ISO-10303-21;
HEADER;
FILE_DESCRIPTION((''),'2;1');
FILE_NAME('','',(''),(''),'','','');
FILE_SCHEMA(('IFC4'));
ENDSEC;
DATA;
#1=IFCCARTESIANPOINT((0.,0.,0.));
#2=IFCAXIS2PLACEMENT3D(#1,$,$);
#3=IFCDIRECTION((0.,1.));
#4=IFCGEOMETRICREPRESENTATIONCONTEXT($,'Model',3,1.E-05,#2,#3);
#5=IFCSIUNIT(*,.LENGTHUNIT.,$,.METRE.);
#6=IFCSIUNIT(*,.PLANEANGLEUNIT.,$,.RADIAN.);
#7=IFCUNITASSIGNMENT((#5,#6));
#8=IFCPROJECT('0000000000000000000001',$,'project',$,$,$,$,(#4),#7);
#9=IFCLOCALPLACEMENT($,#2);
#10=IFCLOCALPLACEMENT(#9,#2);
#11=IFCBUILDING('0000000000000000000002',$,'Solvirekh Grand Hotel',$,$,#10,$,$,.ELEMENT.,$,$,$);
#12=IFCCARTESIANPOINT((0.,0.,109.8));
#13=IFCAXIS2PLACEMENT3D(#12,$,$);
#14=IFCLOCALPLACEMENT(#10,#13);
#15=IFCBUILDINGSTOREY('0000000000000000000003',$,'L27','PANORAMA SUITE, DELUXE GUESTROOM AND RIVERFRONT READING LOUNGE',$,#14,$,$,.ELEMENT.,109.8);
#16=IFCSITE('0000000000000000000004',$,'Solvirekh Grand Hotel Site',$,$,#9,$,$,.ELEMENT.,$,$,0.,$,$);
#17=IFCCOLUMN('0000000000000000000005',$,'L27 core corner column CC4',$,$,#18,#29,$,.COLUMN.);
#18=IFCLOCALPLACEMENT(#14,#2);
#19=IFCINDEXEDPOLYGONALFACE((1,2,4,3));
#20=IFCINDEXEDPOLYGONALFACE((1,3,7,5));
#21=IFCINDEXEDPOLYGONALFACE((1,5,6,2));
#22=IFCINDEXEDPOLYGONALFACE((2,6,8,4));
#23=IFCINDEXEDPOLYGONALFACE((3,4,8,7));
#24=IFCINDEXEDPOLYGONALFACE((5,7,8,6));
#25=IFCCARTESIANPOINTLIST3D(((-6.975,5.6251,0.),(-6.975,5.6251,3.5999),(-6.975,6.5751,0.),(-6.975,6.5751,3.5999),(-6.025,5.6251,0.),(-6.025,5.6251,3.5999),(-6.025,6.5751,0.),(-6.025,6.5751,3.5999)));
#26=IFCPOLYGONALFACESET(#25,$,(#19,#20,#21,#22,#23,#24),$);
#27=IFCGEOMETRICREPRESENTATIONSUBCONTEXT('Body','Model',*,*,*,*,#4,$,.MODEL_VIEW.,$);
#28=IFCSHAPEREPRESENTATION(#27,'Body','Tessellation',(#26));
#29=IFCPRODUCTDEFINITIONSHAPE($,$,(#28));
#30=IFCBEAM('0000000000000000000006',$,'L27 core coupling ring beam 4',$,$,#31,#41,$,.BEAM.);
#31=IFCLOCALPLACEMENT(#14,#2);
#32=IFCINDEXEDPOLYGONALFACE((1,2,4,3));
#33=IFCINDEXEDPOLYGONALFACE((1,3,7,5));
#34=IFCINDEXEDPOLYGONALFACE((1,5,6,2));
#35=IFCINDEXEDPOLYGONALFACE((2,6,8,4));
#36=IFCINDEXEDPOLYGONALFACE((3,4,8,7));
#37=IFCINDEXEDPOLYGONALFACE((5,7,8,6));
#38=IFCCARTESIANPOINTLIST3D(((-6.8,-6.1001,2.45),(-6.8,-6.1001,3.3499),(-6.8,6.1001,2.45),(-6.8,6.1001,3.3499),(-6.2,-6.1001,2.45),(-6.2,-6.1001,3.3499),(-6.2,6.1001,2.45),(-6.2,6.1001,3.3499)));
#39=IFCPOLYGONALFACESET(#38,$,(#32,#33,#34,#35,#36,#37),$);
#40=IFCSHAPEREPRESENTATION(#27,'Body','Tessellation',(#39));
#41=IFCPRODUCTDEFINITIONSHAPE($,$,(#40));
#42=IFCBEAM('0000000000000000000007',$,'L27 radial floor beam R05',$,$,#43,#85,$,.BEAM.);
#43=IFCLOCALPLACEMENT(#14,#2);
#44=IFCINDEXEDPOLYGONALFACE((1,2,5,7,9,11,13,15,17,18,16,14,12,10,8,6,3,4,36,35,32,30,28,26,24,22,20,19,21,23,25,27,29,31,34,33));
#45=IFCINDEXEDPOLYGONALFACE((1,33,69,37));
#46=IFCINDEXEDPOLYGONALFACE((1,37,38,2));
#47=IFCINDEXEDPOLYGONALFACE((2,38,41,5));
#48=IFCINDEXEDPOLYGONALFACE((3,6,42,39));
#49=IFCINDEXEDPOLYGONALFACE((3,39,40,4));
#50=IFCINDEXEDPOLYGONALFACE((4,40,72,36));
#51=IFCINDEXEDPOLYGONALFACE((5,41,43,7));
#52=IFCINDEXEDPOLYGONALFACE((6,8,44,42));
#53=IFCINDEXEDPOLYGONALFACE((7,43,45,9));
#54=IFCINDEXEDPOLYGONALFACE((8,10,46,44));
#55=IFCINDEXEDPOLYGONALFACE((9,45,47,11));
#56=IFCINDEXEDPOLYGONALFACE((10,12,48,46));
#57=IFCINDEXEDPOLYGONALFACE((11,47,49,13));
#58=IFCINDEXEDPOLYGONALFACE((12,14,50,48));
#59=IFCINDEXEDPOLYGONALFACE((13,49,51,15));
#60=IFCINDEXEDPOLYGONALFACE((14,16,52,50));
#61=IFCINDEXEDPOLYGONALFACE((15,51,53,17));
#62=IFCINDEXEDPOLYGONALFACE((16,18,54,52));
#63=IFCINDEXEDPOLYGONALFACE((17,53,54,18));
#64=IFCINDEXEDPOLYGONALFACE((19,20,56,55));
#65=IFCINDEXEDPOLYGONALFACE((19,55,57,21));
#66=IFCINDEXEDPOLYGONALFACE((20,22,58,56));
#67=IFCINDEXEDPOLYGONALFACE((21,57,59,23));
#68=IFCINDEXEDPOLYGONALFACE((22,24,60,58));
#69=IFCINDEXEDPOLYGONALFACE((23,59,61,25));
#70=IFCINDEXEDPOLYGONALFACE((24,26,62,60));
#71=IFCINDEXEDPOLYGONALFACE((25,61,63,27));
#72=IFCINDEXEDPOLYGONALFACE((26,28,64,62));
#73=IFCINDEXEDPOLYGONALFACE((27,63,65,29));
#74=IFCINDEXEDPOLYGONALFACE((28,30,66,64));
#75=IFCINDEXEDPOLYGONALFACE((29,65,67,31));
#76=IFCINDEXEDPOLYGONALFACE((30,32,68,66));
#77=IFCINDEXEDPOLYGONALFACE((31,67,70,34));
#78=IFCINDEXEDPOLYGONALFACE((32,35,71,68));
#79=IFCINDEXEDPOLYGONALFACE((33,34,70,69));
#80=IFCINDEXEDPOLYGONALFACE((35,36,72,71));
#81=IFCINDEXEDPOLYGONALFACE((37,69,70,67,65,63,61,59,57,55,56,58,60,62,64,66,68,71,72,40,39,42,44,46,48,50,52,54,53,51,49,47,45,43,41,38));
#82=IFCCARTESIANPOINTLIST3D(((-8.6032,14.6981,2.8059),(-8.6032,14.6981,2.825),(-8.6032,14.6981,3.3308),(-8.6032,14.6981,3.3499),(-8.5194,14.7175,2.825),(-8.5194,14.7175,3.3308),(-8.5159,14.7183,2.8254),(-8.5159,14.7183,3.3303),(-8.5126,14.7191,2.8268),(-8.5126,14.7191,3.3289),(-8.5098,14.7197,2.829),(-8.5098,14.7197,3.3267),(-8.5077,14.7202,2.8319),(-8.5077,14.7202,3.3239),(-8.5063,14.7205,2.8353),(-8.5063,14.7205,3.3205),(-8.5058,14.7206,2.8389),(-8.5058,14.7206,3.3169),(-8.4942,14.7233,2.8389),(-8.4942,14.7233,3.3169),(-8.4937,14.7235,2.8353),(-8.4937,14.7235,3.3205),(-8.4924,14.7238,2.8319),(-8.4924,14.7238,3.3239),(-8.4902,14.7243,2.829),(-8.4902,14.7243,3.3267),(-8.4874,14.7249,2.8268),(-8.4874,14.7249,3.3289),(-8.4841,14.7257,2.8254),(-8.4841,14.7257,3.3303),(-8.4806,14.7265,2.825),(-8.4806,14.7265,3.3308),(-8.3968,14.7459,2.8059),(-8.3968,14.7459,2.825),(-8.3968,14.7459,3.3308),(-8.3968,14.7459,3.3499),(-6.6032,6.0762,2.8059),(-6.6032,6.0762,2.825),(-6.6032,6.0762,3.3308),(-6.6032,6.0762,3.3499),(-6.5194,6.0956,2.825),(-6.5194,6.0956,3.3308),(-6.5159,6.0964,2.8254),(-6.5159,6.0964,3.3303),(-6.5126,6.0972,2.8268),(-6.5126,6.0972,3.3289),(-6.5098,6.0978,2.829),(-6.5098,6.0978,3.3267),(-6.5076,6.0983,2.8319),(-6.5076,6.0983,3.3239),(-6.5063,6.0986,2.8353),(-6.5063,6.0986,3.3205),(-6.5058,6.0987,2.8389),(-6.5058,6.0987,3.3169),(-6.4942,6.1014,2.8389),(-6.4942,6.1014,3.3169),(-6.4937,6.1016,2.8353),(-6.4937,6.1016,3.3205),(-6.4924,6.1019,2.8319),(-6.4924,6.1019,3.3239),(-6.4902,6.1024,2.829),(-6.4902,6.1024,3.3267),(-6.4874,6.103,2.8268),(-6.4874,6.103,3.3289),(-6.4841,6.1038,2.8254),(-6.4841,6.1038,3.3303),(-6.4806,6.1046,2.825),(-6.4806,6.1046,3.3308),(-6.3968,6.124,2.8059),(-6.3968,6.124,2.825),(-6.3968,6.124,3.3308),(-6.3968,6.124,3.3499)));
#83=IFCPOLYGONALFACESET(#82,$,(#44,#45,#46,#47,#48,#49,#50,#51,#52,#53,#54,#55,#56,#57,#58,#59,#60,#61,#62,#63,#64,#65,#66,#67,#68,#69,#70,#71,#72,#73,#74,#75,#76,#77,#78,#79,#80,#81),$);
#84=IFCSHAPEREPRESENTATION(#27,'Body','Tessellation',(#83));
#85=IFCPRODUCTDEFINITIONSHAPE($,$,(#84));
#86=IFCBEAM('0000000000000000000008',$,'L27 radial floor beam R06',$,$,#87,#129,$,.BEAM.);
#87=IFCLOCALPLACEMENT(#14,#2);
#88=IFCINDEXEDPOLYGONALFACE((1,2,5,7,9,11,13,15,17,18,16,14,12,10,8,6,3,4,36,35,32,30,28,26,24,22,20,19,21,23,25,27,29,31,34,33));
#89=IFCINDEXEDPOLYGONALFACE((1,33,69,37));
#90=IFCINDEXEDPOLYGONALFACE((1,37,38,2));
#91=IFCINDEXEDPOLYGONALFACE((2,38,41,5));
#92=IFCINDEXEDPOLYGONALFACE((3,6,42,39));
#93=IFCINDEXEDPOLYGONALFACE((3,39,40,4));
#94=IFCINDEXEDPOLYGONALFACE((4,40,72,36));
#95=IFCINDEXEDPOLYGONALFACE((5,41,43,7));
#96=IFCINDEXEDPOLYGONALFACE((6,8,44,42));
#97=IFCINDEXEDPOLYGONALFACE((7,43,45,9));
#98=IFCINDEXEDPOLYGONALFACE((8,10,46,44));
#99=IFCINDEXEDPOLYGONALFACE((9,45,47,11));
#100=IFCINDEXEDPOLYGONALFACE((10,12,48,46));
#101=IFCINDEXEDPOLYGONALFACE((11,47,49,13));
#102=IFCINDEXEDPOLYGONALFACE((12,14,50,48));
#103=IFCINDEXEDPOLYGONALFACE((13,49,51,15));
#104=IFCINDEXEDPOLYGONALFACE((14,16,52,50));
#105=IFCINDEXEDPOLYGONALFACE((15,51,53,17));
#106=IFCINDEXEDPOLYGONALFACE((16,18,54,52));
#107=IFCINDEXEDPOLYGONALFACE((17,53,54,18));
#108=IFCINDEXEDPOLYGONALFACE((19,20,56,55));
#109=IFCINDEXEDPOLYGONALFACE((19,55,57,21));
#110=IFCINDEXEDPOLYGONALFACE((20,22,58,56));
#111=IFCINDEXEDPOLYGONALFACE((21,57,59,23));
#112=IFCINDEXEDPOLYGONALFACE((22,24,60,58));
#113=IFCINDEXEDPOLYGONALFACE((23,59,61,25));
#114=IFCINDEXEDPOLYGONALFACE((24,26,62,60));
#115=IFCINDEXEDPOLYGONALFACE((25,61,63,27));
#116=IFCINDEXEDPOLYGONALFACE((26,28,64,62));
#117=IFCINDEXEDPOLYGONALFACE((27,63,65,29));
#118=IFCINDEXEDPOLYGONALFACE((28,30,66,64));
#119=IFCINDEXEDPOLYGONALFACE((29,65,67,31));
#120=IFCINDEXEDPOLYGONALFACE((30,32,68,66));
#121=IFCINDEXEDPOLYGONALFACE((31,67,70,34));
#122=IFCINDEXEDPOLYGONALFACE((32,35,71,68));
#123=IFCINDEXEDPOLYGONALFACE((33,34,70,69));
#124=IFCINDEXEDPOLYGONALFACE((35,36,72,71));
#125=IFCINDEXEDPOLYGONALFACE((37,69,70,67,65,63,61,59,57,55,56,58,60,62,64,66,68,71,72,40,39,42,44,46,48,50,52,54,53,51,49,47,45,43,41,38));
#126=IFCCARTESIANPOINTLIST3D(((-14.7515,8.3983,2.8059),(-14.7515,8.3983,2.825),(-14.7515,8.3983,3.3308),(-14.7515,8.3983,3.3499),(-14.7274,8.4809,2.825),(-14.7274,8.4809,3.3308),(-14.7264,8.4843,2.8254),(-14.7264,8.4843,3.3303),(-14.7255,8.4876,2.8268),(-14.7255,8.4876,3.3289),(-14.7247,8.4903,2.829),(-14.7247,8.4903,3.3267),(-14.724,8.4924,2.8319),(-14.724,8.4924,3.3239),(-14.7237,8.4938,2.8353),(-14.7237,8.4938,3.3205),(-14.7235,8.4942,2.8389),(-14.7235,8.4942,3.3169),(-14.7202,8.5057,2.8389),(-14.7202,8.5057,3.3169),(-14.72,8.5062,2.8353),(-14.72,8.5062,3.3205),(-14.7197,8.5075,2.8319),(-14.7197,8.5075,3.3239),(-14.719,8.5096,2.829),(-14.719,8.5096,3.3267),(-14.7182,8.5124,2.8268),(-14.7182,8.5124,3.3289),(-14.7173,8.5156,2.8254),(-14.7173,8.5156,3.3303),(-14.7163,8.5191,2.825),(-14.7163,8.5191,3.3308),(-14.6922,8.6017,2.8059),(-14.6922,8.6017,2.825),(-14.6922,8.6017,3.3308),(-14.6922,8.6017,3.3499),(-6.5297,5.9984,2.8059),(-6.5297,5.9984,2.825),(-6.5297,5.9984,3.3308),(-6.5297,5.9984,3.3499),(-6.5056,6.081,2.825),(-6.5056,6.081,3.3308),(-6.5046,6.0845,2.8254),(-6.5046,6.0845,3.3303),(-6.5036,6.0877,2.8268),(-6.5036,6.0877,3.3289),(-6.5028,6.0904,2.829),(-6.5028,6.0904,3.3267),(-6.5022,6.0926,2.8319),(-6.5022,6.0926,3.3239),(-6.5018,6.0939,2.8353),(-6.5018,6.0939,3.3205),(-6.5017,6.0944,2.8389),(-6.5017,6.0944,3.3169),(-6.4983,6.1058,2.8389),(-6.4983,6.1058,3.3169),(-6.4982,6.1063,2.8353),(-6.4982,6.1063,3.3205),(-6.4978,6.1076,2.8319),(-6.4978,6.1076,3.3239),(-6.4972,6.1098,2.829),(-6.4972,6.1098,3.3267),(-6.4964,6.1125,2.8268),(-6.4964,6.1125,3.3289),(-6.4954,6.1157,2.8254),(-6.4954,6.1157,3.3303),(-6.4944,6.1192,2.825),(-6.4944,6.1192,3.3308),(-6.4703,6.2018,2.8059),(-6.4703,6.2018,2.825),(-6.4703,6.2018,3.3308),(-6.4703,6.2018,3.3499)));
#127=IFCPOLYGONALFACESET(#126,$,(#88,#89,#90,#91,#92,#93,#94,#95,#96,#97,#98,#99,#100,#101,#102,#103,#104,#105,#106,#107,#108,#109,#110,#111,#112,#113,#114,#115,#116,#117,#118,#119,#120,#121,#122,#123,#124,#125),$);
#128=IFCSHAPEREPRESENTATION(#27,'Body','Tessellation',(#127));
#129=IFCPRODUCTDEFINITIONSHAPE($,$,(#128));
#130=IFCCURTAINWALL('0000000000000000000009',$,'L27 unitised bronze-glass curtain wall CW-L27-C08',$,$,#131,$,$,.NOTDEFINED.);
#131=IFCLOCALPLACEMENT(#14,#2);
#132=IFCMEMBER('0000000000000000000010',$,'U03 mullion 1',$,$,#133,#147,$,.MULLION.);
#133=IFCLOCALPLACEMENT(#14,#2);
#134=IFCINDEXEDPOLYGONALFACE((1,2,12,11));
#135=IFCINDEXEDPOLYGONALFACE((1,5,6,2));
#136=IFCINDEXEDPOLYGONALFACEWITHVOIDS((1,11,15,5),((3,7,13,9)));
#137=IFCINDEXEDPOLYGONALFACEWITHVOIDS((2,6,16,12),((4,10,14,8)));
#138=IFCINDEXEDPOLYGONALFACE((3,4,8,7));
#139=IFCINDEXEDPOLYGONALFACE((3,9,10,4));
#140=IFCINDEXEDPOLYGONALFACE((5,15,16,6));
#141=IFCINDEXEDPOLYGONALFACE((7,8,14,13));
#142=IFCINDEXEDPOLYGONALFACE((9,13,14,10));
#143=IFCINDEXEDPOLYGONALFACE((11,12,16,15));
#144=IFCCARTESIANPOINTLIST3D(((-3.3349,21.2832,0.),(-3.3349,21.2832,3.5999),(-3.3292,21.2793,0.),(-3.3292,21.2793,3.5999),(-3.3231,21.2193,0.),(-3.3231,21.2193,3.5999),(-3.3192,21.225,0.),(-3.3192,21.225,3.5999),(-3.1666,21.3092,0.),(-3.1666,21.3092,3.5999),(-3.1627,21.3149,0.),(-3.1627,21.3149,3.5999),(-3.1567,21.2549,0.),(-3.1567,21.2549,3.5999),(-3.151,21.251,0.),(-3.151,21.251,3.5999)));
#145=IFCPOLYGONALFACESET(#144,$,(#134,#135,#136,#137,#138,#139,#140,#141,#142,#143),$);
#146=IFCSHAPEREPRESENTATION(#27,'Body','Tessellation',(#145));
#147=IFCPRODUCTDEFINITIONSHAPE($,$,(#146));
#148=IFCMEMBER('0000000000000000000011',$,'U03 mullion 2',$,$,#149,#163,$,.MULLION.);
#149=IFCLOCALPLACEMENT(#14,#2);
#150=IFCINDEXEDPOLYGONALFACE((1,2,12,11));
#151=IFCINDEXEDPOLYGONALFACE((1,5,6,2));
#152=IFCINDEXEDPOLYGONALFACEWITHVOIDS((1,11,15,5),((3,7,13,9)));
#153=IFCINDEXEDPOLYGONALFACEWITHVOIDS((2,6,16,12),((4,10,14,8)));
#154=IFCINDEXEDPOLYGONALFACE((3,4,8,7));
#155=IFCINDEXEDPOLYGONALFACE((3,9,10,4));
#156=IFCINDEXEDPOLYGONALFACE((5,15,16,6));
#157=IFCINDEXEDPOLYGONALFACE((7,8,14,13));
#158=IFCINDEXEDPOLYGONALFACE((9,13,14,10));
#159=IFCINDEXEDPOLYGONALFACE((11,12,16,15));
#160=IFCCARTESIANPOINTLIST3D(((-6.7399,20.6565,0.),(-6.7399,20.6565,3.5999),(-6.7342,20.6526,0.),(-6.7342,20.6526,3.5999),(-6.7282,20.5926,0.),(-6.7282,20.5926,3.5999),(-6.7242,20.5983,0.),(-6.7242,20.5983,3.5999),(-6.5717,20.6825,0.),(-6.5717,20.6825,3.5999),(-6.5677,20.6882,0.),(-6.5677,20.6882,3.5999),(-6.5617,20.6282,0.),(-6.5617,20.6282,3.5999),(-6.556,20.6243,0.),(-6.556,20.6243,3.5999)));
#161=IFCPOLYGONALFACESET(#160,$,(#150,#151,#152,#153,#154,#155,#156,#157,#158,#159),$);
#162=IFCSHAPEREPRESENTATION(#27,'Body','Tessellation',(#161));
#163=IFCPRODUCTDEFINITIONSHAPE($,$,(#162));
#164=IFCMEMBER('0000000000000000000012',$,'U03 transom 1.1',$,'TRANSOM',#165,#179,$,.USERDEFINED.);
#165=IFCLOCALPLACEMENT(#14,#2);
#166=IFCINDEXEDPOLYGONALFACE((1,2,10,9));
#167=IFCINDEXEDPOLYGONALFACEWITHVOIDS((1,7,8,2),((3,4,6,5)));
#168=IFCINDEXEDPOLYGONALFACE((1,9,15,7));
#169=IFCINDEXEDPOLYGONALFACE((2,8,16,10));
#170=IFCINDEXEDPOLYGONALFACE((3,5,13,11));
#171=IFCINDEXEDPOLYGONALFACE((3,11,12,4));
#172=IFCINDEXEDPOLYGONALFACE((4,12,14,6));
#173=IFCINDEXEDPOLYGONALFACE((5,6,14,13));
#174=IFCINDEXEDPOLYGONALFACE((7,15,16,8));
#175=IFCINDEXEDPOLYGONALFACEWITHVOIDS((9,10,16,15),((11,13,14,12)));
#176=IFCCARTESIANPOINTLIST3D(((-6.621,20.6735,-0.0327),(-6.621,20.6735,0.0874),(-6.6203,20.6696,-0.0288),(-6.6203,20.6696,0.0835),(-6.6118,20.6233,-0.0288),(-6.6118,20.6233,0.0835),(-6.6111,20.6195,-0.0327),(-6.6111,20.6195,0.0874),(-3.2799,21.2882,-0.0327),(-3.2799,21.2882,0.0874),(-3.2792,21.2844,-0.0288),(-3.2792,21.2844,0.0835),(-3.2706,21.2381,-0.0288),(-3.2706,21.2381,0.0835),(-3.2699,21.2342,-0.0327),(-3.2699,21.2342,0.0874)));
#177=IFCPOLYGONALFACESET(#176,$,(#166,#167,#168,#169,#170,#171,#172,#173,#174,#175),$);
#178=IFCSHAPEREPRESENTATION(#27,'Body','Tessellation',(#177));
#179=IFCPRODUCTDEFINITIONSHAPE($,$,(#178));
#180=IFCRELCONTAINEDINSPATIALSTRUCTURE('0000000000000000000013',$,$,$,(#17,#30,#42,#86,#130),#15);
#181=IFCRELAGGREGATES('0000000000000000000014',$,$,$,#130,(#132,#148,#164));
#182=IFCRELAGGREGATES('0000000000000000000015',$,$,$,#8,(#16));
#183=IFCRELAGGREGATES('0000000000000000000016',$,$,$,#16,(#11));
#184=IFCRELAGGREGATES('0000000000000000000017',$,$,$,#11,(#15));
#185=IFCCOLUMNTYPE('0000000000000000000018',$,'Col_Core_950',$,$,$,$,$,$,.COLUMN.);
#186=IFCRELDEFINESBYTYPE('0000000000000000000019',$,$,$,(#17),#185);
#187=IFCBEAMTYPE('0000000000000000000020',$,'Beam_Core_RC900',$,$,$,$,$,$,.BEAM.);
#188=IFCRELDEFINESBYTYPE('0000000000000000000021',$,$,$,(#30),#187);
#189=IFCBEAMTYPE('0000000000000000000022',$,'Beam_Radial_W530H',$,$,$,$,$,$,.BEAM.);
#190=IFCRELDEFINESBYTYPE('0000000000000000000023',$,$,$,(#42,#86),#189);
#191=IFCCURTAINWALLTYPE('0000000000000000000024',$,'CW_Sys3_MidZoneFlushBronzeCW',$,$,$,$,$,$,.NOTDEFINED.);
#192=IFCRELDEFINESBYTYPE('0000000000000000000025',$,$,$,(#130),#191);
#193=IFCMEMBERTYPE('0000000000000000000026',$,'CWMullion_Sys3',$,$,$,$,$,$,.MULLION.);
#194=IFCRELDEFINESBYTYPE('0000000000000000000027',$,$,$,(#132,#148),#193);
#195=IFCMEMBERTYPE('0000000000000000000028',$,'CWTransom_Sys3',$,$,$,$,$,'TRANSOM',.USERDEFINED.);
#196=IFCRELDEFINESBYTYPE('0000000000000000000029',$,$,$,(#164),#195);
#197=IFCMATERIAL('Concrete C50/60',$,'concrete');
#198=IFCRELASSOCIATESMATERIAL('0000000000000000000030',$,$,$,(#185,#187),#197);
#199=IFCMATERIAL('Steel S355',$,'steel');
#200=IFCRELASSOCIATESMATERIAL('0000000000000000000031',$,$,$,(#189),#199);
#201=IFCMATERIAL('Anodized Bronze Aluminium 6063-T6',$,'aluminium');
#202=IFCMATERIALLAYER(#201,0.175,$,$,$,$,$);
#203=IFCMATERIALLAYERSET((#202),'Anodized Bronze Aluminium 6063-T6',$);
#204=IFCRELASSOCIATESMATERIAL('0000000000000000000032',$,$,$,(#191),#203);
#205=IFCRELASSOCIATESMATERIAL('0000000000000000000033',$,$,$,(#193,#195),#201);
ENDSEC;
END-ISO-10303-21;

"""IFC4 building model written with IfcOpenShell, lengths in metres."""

from ifc_helpers import new_model, si_unit, direction, frame, origin, origin_2d, place, context, subcontext, project, spatial, rectangle, hollow_rectangle, i_section, extrude, source, transform, mapped, material, layer, layer_set, material_profile, profile_set, type_object, element, aggregate, save


model = new_model("IFC4")

# Units and contexts
model_context = context("Model", 3, precision=1e-05, world=origin(), true_north=direction((0.0, 1.0)))
body_context = subcontext(model_context, "Body", "Model", "MODEL_VIEW")
ifc_project = project(units=[si_unit("LENGTHUNIT", "METRE"), si_unit("PLANEANGLEUNIT", "RADIAN")], contexts=[model_context])

# Site, building, storey
site_placement = place(None, origin())
site = spatial("IfcSite", under=ifc_project, at=site_placement, Name="Solvirekh Grand Hotel Site", CompositionType="ELEMENT", RefElevation=0.0)
building_placement = place(site_placement, origin())
building = spatial("IfcBuilding", under=site, at=building_placement, Name="Solvirekh Grand Hotel", CompositionType="ELEMENT")
storey_placement = place(building_placement, frame((0.0, 0.0, 109.8)))
storey = spatial("IfcBuildingStorey", under=building, at=storey_placement, Name="L27", Description="PANORAMA SUITE, DELUXE GUESTROOM AND RIVERFRONT READING LOUNGE", CompositionType="ELEMENT", Elevation=109.8)

# Column
ifc_material_1 = material(Name="Concrete C50/60", Category="concrete")
ifc_material_profile_1 = material_profile(ifc_material_1, rectangle(XDim=0.95, YDim=0.95, at=origin_2d()), Name="RC 950X950")
ifc_profile_set_1 = profile_set([ifc_material_profile_1], Name="Concrete C50/60")
column_type = type_object("IfcColumnType", Name="Col_Core_950", PredefinedType="COLUMN", material=ifc_profile_set_1)
column_placement = place(storey_placement, frame((-6.5, 6.1001, 0.0), z_axis=(0.0, 0.0, 1.0), x_axis=(1.0, 0.0, 0.0)))
element("IfcColumn", 1, at=column_placement, inside=storey, type_object=column_type, Name="L27 core corner column CC4", PredefinedType="COLUMN", context=body_context, shape_type="SweptSolid", body=[
    extrude(rectangle(XDim=0.95, YDim=0.95, at=origin_2d()), origin(), (0.0, 0.0, 1.0), 3.5999),
])

# Beams
ifc_material_profile_2 = material_profile(ifc_material_1, rectangle(XDim=0.6001, YDim=0.8999, at=origin_2d()), Name="RC BEAM 600X900")
ifc_profile_set_2 = profile_set([ifc_material_profile_2], Name="Concrete C50/60")
beam_type_1 = type_object("IfcBeamType", Name="Beam_Core_RC900", PredefinedType="BEAM", material=ifc_profile_set_2)
beam_1_placement = place(storey_placement, frame((-6.5, 6.1001, 2.8999), z_axis=(0.0, -1.0, 0.0), x_axis=(1.0, 0.0, 0.0)))
element("IfcBeam", 2, at=beam_1_placement, inside=storey, type_object=beam_type_1, Name="L27 core coupling ring beam 4", PredefinedType="BEAM", context=body_context, shape_type="SweptSolid", body=[
    extrude(rectangle(XDim=0.6001, YDim=0.8999, at=origin_2d()), origin(), (0.0, 0.0, 1.0), 12.2002),
])
ifc_material_2 = material(Name="Steel S355", Category="steel")
ifc_material_profile_3 = material_profile(ifc_material_2, i_section(OverallWidth=0.2119, OverallDepth=0.5439, WebThickness=0.012, FlangeThickness=0.019, FilletRadius=0.0139, at=origin_2d()), Name="W530X123")
ifc_profile_set_3 = profile_set([ifc_material_profile_3], Name="Steel S355")
beam_type_2 = type_object("IfcBeamType", Name="Beam_Radial_W530H", PredefinedType="BEAM", material=ifc_profile_set_3)
beam_2_placement = place(storey_placement, frame((-6.5, 6.1001, 3.0779), z_axis=(-0.225969, 0.974134, 0.0), x_axis=(-0.974134, -0.225969, 0.0)))
element("IfcBeam", 3, at=beam_2_placement, inside=storey, type_object=beam_type_2, Name="L27 radial floor beam R05", PredefinedType="BEAM", context=body_context, shape_type="SweptSolid", body=[
    extrude(i_section(OverallWidth=0.2119, OverallDepth=0.5439, WebThickness=0.012, FlangeThickness=0.019, FilletRadius=0.0139, at=origin_2d()), origin(), (0.0, 0.0, 1.0), 8.8508),
])
beam_3_placement = place(storey_placement, frame((-6.5, 6.1001, 3.0779), z_axis=(-0.959942, 0.280198, 0.0), x_axis=(-0.280198, -0.959942, 0.0)))
element("IfcBeam", 4, at=beam_3_placement, inside=storey, type_object=beam_type_2, Name="L27 radial floor beam R06", PredefinedType="BEAM", context=body_context, shape_type="SweptSolid", body=[
    extrude(i_section(OverallWidth=0.2119, OverallDepth=0.5439, WebThickness=0.012, FlangeThickness=0.019, FilletRadius=0.0139, at=origin_2d()), origin(), (0.0, 0.0, 1.0), 8.5649),
])

# Curtain wall, members
ifc_material_3 = material(Name="Anodized Bronze Aluminium 6063-T6", Category="aluminium")
ifc_layer_1 = layer(ifc_material_3, 0.175)
ifc_layer_set_1 = layer_set([ifc_layer_1], Name="Anodized Bronze Aluminium 6063-T6")
curtain_wall_type = type_object("IfcCurtainWallType", Name="CW_Sys3_MidZoneFlushBronzeCW", PredefinedType="NOTDEFINED", material=ifc_layer_set_1)
curtain_wall_placement = place(storey_placement, origin())
curtain_wall = element("IfcCurtainWall", 5, at=curtain_wall_placement, inside=storey, type_object=curtain_wall_type, Name="L27 unitised bronze-glass curtain wall CW-L27-C08", PredefinedType="NOTDEFINED")
ifc_material_profile_4 = material_profile(ifc_material_3, hollow_rectangle(XDim=0.0649, YDim=0.175, WallThickness=0.0049, at=origin_2d()), Name="ALU RHS 175X65X5")
ifc_profile_set_4 = profile_set([ifc_material_profile_4], Name="Anodized Bronze Aluminium 6063-T6")
member_type_1 = type_object("IfcMemberType", Name="CWMullion_Sys3", PredefinedType="MULLION", material=ifc_profile_set_4)
shared_shape_1 = source(origin(), body_context, "Body", "SweptSolid", [
    extrude(hollow_rectangle(XDim=0.0649, YDim=0.175, WallThickness=0.0049, at=origin_2d()), origin(), (0.0, 0.0, 1.0), 3.5999),
])
member_1_placement = place(storey_placement, frame((-3.2429, 21.2671, 0.0), z_axis=(0.0, 0.0, 1.0), x_axis=(0.180988, -0.983485, 0.0)))
member_1 = element("IfcMember", 6, at=member_1_placement, type_object=member_type_1, Name="U03 mullion 1", PredefinedType="MULLION", context=body_context, shape_type="MappedRepresentation", body=[
    mapped(shared_shape_1, transform((0.0, 0.0, 0.0), x_axis=(1.0, 0.0, 0.0), y_axis=(0.0, 1.0, 0.0), z_axis=(0.0, 0.0, 1.0), scale=1.0)),
])
member_2_placement = place(storey_placement, frame((-6.6479, 20.6404, 0.0), z_axis=(0.0, 0.0, 1.0), x_axis=(0.180988, -0.983485, 0.0)))
member_2 = element("IfcMember", 7, at=member_2_placement, type_object=member_type_1, Name="U03 mullion 2", PredefinedType="MULLION", context=body_context, shape_type="MappedRepresentation", body=[
    mapped(shared_shape_1, transform((0.0, 0.0, 0.0), x_axis=(1.0, 0.0, 0.0), y_axis=(0.0, 1.0, 0.0), z_axis=(0.0, 0.0, 1.0), scale=1.0)),
])
ifc_material_profile_5 = material_profile(ifc_material_3, hollow_rectangle(XDim=0.0549, YDim=0.1201, WallThickness=0.0039, at=origin_2d()), Name="ALU RHS 120X55X4")
ifc_profile_set_5 = profile_set([ifc_material_profile_5], Name="Anodized Bronze Aluminium 6063-T6")
member_type_2 = type_object("IfcMemberType", Name="CWTransom_Sys3", ElementType="TRANSOM", PredefinedType="USERDEFINED", material=ifc_profile_set_5)
shared_shape_2 = source(origin(), body_context, "Body", "SweptSolid", [
    extrude(hollow_rectangle(XDim=0.0549, YDim=0.1201, WallThickness=0.0039, at=origin_2d()), origin(), (0.0, 0.0, 1.0), 3.3972),
])
member_3_placement = place(storey_placement, frame((-3.2749, 21.2612, 0.0273), z_axis=(-0.983491, -0.180959, 0.0), x_axis=(0.180959, -0.983491, 0.0)))
member_3 = element("IfcMember", 8, at=member_3_placement, type_object=member_type_2, Name="U03 transom 1.1", ObjectType="TRANSOM", PredefinedType="USERDEFINED", context=body_context, shape_type="MappedRepresentation", body=[
    mapped(shared_shape_2, transform((0.0, 0.0, 0.0), x_axis=(1.0, 0.0, 0.0), y_axis=(0.0, 1.0, 0.0), z_axis=(0.0, 0.0, 1.0), scale=1.0)),
])

aggregate(curtain_wall, [member_1, member_2, member_3])

save(model, "model.ifc")
